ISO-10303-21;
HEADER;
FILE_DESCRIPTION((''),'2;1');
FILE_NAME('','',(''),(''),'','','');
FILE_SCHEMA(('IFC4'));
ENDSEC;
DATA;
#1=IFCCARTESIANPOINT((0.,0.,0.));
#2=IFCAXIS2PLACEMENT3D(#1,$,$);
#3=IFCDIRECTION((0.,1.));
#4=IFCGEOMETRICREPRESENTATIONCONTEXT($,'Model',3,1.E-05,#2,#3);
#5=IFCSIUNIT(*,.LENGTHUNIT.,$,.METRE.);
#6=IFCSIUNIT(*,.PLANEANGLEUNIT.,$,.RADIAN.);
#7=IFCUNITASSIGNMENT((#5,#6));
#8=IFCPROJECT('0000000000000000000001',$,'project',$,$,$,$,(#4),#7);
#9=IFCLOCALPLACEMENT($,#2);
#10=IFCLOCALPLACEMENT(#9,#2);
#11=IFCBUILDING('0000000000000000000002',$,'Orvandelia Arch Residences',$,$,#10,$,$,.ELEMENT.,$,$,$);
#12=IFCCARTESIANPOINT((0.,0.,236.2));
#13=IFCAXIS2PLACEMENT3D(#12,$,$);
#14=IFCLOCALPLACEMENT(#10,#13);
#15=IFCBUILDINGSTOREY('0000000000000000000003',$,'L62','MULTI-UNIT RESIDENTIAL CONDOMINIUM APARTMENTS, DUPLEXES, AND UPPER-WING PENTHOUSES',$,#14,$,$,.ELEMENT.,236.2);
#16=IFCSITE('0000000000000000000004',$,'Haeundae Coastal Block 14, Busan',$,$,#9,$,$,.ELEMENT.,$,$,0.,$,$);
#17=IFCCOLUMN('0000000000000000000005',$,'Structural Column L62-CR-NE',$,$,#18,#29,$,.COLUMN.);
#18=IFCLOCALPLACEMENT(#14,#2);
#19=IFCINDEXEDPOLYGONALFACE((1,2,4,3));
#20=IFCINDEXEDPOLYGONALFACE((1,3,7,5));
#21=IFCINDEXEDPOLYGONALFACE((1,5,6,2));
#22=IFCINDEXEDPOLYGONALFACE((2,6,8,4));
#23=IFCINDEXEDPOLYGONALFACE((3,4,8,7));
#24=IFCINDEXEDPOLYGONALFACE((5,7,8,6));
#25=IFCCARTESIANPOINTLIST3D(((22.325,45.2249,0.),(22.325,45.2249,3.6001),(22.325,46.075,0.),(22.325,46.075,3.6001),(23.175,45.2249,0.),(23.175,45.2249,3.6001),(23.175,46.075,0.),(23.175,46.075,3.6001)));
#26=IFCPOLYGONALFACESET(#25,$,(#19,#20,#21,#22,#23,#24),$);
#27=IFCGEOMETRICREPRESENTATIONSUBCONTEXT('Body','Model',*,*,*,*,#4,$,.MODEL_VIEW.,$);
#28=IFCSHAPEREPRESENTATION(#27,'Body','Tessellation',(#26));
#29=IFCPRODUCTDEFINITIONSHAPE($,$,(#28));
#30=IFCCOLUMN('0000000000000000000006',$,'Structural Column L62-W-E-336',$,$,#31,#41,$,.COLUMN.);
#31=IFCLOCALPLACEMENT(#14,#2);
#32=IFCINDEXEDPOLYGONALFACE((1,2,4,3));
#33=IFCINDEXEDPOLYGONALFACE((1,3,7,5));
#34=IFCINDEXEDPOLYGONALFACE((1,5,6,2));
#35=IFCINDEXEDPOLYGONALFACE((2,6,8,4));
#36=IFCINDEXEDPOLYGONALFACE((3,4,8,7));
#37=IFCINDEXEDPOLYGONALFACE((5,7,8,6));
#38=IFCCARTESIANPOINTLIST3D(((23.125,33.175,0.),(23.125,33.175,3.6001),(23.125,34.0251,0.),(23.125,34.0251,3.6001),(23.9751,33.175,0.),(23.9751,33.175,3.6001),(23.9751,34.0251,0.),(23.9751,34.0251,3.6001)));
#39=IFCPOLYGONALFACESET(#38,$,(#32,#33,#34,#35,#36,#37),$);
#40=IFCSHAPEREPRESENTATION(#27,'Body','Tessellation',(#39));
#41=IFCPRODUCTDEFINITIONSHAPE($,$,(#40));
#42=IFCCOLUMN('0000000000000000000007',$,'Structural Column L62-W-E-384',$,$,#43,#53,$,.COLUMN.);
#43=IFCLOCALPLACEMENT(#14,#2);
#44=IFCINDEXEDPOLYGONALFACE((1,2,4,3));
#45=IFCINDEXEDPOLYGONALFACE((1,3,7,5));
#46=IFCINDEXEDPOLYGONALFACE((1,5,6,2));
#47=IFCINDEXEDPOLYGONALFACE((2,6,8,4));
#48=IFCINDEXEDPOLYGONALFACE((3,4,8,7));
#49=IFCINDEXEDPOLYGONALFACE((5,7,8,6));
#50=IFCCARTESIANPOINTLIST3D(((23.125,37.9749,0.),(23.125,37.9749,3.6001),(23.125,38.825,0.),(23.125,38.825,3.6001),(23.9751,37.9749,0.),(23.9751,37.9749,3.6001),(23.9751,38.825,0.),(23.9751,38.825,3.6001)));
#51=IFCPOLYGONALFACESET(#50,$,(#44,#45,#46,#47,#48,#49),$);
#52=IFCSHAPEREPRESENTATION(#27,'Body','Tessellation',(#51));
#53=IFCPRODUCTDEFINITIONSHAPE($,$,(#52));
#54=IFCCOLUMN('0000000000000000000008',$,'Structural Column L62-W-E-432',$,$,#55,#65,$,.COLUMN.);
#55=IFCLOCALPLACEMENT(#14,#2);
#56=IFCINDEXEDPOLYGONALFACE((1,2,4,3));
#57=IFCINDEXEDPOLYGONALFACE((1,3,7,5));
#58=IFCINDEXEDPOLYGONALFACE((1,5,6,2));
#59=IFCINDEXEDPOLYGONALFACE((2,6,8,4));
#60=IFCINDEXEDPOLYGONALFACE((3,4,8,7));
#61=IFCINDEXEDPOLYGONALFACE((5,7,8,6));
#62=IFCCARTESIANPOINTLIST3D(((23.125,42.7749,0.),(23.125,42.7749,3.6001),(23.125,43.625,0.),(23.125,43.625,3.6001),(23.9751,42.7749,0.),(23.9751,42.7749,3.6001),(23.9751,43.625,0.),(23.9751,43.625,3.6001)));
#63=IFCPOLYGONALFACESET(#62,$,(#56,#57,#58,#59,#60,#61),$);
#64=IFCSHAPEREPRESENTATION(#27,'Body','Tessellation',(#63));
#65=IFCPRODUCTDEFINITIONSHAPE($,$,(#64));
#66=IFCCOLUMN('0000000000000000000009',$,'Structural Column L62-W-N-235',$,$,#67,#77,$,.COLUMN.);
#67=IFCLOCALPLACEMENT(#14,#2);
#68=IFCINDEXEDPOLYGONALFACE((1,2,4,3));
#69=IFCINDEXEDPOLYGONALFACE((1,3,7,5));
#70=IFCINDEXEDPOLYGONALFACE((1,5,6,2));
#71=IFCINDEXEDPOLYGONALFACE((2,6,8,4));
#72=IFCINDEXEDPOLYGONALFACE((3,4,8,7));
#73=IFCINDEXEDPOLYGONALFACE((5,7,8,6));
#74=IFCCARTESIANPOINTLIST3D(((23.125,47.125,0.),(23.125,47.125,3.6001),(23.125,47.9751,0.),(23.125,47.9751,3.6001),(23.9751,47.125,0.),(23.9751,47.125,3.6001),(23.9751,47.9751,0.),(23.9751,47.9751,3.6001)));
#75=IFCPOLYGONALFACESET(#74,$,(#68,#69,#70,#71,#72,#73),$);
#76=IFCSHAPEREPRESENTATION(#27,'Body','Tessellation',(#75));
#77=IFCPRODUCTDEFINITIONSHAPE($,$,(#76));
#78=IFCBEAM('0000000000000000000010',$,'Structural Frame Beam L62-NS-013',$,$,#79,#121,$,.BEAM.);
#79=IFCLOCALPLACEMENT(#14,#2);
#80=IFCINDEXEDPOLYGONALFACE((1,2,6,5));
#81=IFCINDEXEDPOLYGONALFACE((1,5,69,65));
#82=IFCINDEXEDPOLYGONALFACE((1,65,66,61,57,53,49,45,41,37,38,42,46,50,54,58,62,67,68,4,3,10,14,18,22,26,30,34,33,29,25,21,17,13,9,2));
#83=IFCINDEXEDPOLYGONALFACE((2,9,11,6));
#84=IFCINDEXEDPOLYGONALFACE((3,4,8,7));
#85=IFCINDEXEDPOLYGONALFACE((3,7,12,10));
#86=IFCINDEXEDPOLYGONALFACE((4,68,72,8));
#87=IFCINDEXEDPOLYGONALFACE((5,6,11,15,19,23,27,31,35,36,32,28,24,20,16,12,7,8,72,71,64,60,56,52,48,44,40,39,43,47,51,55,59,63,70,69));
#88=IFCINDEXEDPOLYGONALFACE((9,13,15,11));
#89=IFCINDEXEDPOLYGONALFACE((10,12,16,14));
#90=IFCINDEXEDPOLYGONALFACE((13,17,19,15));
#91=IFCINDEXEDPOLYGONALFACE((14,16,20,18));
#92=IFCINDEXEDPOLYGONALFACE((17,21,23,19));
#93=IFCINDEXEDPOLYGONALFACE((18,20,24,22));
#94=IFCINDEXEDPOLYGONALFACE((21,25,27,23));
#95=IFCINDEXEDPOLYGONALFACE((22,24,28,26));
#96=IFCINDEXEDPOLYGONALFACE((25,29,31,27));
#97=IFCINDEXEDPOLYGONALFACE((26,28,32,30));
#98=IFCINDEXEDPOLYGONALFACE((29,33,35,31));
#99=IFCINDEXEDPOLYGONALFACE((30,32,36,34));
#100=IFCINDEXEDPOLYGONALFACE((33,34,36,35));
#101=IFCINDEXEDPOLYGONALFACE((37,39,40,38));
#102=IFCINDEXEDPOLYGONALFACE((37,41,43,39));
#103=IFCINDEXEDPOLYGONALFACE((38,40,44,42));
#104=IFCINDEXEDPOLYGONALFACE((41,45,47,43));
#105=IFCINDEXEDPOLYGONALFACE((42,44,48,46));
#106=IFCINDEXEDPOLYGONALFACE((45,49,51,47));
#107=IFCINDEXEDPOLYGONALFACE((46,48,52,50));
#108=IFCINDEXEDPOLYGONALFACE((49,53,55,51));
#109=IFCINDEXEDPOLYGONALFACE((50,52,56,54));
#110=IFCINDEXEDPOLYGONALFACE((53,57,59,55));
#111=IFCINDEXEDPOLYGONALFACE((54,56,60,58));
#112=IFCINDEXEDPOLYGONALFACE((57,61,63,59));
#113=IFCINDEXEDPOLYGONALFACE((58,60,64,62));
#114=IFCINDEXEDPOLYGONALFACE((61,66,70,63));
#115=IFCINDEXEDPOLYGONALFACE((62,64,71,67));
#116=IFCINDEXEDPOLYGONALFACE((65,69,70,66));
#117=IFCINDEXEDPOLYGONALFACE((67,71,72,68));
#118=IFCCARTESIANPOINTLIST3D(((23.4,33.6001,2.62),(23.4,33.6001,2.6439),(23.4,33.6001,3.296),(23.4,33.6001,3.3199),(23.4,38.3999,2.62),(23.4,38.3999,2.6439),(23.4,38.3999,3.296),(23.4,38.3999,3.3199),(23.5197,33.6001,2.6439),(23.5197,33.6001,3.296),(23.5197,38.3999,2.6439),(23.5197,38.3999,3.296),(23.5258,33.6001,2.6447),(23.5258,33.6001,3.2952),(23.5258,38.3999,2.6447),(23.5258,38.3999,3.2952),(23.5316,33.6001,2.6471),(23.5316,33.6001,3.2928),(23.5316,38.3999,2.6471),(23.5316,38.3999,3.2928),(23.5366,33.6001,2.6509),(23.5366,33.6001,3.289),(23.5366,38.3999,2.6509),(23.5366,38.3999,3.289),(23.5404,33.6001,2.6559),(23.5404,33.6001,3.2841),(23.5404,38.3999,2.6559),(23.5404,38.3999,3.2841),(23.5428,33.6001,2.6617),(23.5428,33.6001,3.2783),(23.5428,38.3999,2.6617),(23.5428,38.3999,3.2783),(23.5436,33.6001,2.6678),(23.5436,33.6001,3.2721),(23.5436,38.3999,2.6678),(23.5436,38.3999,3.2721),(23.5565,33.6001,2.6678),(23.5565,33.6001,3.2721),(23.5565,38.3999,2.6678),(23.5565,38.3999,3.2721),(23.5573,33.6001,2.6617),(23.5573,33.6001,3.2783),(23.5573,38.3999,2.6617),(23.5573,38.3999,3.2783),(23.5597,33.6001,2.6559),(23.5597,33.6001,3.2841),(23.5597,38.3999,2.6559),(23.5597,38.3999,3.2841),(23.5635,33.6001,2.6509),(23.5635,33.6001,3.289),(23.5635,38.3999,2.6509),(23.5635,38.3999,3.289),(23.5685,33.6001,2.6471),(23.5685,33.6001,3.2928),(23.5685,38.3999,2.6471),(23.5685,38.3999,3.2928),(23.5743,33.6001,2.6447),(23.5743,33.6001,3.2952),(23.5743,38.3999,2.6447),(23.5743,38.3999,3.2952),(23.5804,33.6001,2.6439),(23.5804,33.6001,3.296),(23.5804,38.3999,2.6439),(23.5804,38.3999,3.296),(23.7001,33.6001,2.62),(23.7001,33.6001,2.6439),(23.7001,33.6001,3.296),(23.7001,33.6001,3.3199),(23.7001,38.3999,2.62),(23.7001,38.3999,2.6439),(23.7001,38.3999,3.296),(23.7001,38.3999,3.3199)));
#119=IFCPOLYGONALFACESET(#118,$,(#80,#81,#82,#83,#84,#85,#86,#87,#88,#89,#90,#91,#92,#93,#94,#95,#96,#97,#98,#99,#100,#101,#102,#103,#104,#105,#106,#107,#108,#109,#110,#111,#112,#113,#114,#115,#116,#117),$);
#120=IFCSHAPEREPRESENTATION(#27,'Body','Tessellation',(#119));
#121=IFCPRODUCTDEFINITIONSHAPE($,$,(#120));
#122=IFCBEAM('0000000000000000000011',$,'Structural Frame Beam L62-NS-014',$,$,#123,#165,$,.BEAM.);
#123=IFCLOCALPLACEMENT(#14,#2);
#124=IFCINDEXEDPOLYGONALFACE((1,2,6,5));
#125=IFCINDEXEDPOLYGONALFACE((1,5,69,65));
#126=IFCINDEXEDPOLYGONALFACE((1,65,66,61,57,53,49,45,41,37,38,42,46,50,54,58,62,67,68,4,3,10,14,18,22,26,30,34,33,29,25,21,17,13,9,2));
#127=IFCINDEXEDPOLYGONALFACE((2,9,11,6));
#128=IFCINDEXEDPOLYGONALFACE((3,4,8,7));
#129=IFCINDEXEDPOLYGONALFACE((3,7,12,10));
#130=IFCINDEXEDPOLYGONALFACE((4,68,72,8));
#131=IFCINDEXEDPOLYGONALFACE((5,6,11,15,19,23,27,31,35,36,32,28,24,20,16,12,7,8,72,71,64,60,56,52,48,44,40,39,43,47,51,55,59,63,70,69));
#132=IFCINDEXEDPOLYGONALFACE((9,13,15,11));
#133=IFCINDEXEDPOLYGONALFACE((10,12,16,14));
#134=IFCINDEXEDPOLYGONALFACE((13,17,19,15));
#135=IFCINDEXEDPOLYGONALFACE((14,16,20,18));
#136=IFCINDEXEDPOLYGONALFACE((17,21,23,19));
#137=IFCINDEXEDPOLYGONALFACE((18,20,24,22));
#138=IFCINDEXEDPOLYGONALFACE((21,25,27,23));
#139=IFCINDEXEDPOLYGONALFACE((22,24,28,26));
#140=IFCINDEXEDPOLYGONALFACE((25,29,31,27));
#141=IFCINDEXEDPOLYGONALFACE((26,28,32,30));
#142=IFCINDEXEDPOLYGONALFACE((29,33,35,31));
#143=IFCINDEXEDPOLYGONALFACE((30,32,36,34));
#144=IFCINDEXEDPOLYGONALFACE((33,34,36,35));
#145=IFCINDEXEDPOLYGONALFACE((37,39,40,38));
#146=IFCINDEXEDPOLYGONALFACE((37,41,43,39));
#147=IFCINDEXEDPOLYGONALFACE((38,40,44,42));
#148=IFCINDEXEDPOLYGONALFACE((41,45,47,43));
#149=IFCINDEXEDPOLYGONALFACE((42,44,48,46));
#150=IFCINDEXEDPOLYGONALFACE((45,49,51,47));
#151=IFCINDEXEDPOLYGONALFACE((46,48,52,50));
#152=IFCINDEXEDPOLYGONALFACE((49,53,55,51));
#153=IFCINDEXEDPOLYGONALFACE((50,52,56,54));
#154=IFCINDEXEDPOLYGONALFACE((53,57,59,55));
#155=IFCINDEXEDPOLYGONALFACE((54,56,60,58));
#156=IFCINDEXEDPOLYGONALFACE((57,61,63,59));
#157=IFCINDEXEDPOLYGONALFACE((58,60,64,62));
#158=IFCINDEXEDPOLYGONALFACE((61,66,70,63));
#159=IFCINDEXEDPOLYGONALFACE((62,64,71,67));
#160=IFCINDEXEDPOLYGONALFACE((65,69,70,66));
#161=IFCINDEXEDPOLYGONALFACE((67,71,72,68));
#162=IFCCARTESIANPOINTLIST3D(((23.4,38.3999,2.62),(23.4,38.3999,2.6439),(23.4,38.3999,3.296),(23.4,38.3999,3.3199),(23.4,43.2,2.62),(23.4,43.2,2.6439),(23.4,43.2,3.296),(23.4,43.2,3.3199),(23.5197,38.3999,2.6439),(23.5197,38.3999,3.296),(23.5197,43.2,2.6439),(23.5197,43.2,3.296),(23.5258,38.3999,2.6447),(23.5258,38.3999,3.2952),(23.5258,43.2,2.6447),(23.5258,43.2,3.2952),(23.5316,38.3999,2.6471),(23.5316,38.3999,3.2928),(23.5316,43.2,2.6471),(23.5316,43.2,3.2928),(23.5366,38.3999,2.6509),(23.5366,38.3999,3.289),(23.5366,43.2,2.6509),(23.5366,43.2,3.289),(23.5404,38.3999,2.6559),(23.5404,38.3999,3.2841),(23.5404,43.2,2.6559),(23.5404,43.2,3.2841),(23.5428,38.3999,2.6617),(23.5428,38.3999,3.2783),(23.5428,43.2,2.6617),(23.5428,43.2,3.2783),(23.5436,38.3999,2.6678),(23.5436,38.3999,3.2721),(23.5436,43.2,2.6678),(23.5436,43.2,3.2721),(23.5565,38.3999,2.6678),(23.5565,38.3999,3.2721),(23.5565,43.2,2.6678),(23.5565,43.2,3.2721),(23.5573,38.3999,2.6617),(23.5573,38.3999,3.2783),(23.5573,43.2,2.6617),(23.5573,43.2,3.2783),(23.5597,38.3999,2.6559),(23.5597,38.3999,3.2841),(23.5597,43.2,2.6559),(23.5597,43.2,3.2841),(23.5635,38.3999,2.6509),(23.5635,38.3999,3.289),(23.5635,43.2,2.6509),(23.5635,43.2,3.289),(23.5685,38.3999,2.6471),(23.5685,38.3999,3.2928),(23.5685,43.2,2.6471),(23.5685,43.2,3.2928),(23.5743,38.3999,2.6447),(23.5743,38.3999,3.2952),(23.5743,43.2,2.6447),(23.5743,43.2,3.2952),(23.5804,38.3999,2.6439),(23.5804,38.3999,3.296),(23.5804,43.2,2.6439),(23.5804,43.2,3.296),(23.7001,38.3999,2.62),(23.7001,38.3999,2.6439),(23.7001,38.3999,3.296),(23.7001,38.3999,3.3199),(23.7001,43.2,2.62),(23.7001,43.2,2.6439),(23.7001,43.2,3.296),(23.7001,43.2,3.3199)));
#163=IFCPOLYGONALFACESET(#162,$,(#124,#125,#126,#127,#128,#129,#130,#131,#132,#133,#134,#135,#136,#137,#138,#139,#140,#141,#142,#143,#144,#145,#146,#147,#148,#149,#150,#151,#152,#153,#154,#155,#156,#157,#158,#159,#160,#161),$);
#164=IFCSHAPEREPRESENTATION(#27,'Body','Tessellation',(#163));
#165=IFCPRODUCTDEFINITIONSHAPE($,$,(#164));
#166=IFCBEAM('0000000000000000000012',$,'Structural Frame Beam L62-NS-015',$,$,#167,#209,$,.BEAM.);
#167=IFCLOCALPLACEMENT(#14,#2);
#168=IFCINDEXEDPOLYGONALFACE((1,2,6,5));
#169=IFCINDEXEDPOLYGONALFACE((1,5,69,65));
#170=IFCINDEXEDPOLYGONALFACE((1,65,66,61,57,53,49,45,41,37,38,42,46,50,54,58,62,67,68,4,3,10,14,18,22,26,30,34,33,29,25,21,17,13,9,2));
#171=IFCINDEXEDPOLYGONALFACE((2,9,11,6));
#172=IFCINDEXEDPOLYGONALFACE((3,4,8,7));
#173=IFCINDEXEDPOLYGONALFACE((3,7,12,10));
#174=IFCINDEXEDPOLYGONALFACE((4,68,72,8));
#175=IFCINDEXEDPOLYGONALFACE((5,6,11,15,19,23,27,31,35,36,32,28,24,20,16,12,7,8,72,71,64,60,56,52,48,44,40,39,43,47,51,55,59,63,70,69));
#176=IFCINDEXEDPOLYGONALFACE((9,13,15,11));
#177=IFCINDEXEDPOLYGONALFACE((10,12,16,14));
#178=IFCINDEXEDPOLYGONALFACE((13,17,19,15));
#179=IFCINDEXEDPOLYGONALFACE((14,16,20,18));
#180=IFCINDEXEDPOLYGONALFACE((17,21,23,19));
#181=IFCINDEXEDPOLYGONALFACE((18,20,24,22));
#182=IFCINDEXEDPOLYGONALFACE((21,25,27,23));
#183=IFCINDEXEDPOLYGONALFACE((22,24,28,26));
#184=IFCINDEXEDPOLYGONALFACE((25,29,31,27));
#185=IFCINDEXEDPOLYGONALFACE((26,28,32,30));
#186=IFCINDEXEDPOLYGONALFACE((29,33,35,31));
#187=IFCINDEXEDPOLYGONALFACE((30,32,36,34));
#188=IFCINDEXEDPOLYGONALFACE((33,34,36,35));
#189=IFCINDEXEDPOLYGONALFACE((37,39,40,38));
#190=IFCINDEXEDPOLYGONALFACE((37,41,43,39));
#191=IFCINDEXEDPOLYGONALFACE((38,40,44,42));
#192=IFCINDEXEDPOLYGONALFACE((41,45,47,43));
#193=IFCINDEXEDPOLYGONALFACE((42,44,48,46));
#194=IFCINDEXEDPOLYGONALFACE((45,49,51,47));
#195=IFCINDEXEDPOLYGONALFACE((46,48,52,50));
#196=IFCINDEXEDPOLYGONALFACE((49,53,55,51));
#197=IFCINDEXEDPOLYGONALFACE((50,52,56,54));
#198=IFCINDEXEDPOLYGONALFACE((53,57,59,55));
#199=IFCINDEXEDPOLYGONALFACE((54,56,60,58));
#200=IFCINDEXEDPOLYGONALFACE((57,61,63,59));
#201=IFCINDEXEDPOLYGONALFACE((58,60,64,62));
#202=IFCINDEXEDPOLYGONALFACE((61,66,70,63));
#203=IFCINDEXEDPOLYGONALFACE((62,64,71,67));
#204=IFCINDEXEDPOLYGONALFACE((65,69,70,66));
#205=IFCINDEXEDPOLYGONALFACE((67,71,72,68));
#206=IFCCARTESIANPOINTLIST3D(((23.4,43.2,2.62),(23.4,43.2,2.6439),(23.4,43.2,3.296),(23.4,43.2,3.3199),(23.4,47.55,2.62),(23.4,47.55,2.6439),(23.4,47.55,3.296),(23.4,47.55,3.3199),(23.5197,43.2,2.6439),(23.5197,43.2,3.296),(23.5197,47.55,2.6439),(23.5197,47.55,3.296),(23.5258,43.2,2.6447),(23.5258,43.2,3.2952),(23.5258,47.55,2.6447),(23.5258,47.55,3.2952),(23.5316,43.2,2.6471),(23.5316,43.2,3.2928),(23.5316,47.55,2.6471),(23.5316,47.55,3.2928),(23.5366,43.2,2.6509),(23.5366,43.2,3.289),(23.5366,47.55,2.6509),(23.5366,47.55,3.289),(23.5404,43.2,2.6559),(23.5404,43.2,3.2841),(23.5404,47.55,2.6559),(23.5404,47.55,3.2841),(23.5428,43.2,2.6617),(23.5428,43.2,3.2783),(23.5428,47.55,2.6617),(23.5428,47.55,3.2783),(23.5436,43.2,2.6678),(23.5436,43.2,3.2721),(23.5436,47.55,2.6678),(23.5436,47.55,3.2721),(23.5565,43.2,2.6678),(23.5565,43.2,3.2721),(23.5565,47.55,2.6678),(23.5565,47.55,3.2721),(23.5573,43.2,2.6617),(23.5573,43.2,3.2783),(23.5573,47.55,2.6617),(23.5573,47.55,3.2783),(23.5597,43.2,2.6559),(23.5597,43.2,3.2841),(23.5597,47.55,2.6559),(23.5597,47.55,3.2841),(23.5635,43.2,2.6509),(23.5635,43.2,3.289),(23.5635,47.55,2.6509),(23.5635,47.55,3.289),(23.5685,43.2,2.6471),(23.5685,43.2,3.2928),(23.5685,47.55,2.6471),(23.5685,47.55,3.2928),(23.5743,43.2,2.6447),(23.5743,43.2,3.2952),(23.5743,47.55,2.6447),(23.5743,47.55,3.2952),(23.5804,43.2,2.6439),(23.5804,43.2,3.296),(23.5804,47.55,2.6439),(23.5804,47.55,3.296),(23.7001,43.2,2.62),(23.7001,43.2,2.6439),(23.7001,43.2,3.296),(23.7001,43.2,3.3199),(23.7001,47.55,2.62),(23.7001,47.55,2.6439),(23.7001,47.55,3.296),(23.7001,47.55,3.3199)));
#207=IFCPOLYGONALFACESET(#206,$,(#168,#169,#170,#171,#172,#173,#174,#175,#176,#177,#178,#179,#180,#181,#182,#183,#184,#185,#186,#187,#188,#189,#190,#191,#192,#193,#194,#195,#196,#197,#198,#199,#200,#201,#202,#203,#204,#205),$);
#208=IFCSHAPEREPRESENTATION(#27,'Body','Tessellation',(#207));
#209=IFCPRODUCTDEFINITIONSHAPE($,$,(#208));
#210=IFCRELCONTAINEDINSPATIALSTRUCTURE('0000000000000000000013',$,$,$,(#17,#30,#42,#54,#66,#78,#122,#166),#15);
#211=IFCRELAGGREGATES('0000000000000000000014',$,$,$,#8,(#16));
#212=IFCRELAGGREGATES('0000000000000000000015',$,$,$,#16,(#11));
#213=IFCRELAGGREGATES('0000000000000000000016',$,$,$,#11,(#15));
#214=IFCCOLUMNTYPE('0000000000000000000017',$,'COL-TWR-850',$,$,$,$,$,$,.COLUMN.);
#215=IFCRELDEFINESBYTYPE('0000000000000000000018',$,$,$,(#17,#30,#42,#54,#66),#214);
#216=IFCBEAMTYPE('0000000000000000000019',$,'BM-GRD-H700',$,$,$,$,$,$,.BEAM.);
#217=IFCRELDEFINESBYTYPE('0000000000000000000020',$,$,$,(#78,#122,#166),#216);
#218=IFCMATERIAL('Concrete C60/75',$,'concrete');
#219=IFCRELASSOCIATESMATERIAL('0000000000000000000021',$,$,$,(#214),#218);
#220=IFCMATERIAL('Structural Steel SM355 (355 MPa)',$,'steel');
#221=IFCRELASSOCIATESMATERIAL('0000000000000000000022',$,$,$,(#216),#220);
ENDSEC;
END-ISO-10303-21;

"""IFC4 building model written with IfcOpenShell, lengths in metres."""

from ifc_helpers import new_model, si_unit, direction, frame, origin, origin_2d, place, context, subcontext, project, spatial, rectangle, i_section, extrude, material, material_profile, profile_set, type_object, element, save


model = new_model("IFC4")

# Units and contexts
model_context = context("Model", 3, precision=1e-05, world=origin(), true_north=direction((0.0, 1.0)))
body_context = subcontext(model_context, "Body", "Model", "MODEL_VIEW")
ifc_project = project(units=[si_unit("LENGTHUNIT", "METRE"), si_unit("PLANEANGLEUNIT", "RADIAN")], contexts=[model_context])

# Site, building, storey
site_placement = place(None, origin())
site = spatial("IfcSite", under=ifc_project, at=site_placement, Name="Haeundae Coastal Block 14, Busan", CompositionType="ELEMENT", RefElevation=0.0)
building_placement = place(site_placement, origin())
building = spatial("IfcBuilding", under=site, at=building_placement, Name="Orvandelia Arch Residences", CompositionType="ELEMENT")
storey_placement = place(building_placement, frame((0.0, 0.0, 236.2)))
storey = spatial("IfcBuildingStorey", under=building, at=storey_placement, Name="L62", Description="MULTI-UNIT RESIDENTIAL CONDOMINIUM APARTMENTS, DUPLEXES, AND UPPER-WING PENTHOUSES", CompositionType="ELEMENT", Elevation=236.2)

# Columns
ifc_material_1 = material(Name="Concrete C60/75", Category="concrete")
ifc_material_profile_1 = material_profile(ifc_material_1, rectangle(XDim=0.8501, YDim=0.8501, at=origin_2d()), Name="Concrete C60/75", Category="concrete")
ifc_profile_set_1 = profile_set([ifc_material_profile_1], Name="Concrete C60/75")
column_type = type_object("IfcColumnType", Name="COL-TWR-850", PredefinedType="COLUMN", material=ifc_profile_set_1)
for number, where, z_axis, x_axis, name in (
    (1, (22.75, 45.6499, 0.0), (0.0, 0.0, 1.0), (1.0, 0.0, 0.0), "Structural Column L62-CR-NE"),
    (2, (23.55, 33.6001, 0.0), (0.0, 0.0, 1.0), (1.0, 0.0, 0.0), "Structural Column L62-W-E-336"),
    (3, (23.55, 38.3999, 0.0), (0.0, 0.0, 1.0), (1.0, 0.0, 0.0), "Structural Column L62-W-E-384"),
    (4, (23.55, 43.2, 0.0), (0.0, 0.0, 1.0), (1.0, 0.0, 0.0), "Structural Column L62-W-E-432"),
    (5, (23.55, 47.55, 0.0), (0.0, 0.0, 1.0), (1.0, 0.0, 0.0), "Structural Column L62-W-N-235"),
):
    element("IfcColumn", number, at=place(storey_placement, frame(where, z_axis=z_axis, x_axis=x_axis)), inside=storey, type_object=column_type, Name=name, PredefinedType="COLUMN", context=body_context, shape_type="SweptSolid", body=[
        extrude(rectangle(XDim=0.8501, YDim=0.8501, at=origin_2d()), origin(), (0.0, 0.0, 1.0), 3.6001),
    ])

# Beams
ifc_material_2 = material(Name="Structural Steel SM355 (355 MPa)", Category="steel")
ifc_material_profile_2 = material_profile(ifc_material_2, i_section(OverallWidth=0.3, OverallDepth=0.7, WebThickness=0.0129, FlangeThickness=0.0239, FilletRadius=0.0239, at=origin_2d()), Name="Structural Steel SM355 (355 MPa)", Category="steel")
ifc_profile_set_2 = profile_set([ifc_material_profile_2], Name="Structural Steel SM355 (355 MPa)")
beam_type = type_object("IfcBeamType", Name="BM-GRD-H700", PredefinedType="BEAM", material=ifc_profile_set_2)
beam_1_placement = place(storey_placement, frame((23.55, 33.6001, 2.97), z_axis=(0.0, 1.0, 0.0), x_axis=(-1.0, 0.0, 0.0)))
element("IfcBeam", 6, at=beam_1_placement, inside=storey, type_object=beam_type, Name="Structural Frame Beam L62-NS-013", PredefinedType="BEAM", context=body_context, shape_type="SweptSolid", body=[
    extrude(i_section(OverallWidth=0.3, OverallDepth=0.7, WebThickness=0.0129, FlangeThickness=0.0239, FilletRadius=0.0239, at=origin_2d()), origin(), (0.0, 0.0, 1.0), 4.7998),
])
beam_2_placement = place(storey_placement, frame((23.55, 38.3999, 2.97), z_axis=(0.0, 1.0, 0.0), x_axis=(-1.0, 0.0, 0.0)))
element("IfcBeam", 7, at=beam_2_placement, inside=storey, type_object=beam_type, Name="Structural Frame Beam L62-NS-014", PredefinedType="BEAM", context=body_context, shape_type="SweptSolid", body=[
    extrude(i_section(OverallWidth=0.3, OverallDepth=0.7, WebThickness=0.0129, FlangeThickness=0.0239, FilletRadius=0.0239, at=origin_2d()), origin(), (0.0, 0.0, 1.0), 4.8),
])
beam_3_placement = place(storey_placement, frame((23.55, 43.2, 2.97), z_axis=(0.0, 1.0, 0.0), x_axis=(-1.0, 0.0, 0.0)))
element("IfcBeam", 8, at=beam_3_placement, inside=storey, type_object=beam_type, Name="Structural Frame Beam L62-NS-015", PredefinedType="BEAM", context=body_context, shape_type="SweptSolid", body=[
    extrude(i_section(OverallWidth=0.3, OverallDepth=0.7, WebThickness=0.0129, FlangeThickness=0.0239, FilletRadius=0.0239, at=origin_2d()), origin(), (0.0, 0.0, 1.0), 4.3501),
])

save(model, "model.ifc")
